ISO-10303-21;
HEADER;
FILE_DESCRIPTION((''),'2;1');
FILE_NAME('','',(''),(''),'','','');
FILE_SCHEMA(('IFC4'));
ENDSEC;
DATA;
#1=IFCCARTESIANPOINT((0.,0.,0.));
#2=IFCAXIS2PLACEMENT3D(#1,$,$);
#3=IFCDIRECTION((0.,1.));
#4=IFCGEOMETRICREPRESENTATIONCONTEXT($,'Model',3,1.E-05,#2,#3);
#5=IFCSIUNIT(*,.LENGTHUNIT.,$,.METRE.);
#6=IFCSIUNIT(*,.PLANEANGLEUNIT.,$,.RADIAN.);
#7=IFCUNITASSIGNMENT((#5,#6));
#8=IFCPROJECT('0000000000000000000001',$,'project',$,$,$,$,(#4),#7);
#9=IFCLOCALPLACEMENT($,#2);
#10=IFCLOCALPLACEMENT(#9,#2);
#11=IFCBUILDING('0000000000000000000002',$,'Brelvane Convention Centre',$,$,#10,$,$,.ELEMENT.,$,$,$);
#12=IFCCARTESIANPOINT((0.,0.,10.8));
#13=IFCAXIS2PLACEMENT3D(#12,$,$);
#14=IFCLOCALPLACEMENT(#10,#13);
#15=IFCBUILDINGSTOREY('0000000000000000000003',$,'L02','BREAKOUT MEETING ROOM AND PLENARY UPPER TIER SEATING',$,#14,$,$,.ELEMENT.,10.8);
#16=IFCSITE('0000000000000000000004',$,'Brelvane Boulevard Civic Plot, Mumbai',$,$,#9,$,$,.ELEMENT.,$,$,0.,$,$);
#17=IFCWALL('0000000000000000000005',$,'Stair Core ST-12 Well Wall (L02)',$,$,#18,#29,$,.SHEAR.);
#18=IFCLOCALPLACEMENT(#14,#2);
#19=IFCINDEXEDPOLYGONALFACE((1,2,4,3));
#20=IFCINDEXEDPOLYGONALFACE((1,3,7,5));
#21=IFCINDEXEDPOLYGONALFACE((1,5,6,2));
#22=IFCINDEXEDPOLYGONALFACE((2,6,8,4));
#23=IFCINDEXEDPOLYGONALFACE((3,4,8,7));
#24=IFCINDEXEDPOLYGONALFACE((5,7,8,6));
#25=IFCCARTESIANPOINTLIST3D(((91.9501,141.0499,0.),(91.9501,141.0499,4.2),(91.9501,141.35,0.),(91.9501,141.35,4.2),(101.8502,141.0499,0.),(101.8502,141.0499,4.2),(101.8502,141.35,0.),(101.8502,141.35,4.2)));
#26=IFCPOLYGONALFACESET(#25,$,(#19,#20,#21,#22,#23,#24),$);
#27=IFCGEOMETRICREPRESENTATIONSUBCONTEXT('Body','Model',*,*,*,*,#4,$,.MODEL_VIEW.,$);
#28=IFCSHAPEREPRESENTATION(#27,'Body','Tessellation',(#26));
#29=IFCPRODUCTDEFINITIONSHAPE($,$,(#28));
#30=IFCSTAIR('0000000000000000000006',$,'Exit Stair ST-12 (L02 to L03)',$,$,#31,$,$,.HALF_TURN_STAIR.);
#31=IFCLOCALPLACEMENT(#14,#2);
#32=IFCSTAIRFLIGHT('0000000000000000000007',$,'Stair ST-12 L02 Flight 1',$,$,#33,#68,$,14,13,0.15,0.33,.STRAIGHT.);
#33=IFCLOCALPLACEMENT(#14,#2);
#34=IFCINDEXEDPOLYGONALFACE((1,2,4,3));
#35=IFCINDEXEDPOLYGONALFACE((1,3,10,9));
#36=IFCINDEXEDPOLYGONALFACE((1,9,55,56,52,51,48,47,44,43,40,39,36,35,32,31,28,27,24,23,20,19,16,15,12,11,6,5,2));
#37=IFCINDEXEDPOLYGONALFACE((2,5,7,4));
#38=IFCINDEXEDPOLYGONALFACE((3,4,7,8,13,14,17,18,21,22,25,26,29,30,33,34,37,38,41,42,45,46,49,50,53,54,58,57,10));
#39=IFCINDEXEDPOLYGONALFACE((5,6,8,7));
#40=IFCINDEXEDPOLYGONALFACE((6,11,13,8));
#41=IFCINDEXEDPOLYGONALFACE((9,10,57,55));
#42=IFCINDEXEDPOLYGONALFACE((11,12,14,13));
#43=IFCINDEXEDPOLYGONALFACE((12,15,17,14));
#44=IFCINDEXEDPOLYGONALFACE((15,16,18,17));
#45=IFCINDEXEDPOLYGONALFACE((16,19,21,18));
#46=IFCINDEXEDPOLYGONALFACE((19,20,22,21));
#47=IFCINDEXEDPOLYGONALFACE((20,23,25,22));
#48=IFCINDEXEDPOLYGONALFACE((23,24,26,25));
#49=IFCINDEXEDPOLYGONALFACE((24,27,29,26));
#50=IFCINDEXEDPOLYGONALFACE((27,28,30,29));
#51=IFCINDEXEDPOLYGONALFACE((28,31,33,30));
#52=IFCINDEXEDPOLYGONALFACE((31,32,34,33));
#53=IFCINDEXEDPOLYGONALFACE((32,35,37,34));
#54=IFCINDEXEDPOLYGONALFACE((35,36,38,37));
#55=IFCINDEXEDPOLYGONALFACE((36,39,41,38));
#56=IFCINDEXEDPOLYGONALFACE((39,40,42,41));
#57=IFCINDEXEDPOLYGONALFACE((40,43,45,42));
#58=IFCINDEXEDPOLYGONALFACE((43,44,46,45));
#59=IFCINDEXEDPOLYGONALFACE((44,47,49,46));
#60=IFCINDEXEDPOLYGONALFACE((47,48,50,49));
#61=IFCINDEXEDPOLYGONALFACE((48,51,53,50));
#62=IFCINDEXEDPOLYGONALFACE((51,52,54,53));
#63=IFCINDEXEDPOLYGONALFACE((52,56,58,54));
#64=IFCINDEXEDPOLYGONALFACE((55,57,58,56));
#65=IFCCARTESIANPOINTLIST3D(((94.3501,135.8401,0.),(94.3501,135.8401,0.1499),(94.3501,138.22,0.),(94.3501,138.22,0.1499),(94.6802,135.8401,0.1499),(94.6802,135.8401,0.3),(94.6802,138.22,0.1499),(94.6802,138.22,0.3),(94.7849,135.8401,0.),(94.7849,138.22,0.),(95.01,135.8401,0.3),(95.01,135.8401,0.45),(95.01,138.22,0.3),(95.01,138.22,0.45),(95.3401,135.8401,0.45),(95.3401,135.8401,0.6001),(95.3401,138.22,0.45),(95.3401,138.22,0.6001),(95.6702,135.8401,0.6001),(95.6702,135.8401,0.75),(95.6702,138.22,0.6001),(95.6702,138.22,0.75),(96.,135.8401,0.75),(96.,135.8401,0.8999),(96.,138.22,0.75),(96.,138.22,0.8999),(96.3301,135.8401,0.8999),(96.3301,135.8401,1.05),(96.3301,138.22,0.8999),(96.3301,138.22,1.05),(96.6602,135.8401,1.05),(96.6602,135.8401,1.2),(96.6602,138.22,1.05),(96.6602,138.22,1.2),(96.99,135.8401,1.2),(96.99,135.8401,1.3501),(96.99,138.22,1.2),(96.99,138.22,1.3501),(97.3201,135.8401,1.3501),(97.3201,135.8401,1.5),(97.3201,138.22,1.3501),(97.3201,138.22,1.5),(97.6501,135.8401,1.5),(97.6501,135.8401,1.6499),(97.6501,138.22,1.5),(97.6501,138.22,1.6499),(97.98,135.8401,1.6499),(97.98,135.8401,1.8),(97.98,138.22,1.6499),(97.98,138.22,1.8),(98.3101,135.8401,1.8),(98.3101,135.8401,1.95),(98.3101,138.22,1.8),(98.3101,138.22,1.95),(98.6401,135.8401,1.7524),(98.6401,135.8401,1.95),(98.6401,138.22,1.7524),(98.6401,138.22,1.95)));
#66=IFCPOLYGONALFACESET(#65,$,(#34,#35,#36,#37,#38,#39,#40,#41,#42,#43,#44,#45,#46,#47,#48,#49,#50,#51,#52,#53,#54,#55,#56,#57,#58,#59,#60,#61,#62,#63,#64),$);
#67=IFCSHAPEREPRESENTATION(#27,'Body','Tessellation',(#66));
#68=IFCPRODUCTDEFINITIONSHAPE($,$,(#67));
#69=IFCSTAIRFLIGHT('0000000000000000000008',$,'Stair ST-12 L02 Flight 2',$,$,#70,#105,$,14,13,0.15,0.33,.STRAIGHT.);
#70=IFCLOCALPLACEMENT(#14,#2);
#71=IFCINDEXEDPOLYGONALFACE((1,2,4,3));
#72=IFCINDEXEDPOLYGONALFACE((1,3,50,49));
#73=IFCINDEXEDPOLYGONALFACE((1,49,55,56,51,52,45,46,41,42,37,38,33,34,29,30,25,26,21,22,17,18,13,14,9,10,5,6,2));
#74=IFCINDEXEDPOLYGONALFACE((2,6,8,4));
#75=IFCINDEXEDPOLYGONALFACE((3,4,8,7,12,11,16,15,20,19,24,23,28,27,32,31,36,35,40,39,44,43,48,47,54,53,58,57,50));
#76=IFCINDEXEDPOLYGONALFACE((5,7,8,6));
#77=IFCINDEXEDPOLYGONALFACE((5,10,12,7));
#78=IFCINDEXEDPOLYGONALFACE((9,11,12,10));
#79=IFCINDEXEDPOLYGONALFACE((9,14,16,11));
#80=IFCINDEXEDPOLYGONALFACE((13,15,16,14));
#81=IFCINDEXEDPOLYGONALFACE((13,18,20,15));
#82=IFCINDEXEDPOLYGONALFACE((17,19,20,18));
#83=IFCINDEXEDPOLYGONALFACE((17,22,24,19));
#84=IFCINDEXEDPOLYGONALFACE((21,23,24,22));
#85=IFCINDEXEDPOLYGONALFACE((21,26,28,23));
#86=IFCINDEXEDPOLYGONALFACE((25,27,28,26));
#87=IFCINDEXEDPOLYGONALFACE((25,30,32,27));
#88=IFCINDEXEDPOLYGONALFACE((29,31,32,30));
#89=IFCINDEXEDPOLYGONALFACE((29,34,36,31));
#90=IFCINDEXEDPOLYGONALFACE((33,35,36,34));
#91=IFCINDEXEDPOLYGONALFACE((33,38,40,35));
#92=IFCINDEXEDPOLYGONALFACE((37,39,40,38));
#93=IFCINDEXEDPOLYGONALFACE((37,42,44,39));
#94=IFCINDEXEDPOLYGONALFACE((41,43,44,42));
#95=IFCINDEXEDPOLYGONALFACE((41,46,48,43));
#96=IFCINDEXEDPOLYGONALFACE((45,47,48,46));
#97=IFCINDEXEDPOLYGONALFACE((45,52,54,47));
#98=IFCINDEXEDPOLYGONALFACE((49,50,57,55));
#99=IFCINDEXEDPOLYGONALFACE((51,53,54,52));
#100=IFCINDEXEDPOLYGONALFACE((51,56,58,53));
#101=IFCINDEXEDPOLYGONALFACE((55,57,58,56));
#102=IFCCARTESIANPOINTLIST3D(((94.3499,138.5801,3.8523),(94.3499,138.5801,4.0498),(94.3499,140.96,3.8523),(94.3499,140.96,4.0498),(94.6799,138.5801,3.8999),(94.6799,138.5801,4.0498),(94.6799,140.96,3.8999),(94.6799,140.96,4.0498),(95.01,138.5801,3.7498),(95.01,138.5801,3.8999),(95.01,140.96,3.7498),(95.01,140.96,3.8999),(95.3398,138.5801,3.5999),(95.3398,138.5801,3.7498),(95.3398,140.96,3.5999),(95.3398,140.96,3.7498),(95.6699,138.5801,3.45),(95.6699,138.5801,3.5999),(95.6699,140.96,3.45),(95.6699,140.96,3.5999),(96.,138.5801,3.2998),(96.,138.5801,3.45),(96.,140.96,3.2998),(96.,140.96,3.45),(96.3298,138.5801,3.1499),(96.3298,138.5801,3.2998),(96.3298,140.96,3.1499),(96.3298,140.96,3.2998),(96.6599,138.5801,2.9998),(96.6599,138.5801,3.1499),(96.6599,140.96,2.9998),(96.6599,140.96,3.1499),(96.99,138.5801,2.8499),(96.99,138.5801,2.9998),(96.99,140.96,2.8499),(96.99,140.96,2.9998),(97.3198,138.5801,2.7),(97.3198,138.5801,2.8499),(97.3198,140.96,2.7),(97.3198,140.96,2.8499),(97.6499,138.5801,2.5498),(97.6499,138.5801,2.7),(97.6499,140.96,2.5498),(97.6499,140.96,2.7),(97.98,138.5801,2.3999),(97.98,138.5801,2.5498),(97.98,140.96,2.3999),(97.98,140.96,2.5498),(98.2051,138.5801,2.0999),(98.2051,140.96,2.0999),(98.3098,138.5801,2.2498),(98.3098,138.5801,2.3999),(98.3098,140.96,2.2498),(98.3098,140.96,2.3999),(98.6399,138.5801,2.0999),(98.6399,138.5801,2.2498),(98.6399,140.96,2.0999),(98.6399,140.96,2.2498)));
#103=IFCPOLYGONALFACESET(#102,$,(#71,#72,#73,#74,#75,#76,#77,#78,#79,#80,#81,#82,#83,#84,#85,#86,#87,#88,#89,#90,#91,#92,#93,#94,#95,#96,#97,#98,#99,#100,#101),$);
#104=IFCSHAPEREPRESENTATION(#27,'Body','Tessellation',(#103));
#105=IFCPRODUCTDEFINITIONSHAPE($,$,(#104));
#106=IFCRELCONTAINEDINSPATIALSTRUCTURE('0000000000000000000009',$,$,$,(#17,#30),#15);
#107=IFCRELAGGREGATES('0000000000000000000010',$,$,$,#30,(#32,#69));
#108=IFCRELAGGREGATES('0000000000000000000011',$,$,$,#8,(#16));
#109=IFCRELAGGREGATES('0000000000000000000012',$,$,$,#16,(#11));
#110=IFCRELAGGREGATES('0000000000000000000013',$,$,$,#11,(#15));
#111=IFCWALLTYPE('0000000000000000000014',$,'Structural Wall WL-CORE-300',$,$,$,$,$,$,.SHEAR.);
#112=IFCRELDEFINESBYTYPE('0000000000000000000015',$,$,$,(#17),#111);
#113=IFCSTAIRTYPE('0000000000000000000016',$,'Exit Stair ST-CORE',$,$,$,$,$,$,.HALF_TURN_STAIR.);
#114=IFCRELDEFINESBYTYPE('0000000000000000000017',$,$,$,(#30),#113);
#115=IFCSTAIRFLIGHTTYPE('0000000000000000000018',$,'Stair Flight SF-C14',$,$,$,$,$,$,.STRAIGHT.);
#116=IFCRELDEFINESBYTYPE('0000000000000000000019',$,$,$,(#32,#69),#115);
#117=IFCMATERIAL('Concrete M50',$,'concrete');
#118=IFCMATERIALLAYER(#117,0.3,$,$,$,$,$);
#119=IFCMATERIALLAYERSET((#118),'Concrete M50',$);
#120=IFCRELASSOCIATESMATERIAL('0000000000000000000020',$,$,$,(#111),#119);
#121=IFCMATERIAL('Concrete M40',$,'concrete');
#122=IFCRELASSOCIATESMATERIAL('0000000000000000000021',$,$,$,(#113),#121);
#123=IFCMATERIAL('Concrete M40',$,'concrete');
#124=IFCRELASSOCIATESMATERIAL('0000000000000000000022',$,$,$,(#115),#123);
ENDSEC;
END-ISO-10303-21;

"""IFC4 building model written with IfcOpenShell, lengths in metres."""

from ifc_helpers import new_model, si_unit, direction, frame, frame_2d, origin, place, context, subcontext, project, spatial, polyline, rectangle, outline, extrude, material, layer, layer_set, type_object, element, aggregate, save


model = new_model("IFC4")

# Units and contexts
model_context = context("Model", 3, precision=1e-05, world=origin(), true_north=direction((0.0, 1.0)))
body_context = subcontext(model_context, "Body", "Model", "MODEL_VIEW")
ifc_project = project(units=[si_unit("LENGTHUNIT", "METRE"), si_unit("PLANEANGLEUNIT", "RADIAN")], contexts=[model_context])

# Site, building, storey
site_placement = place(None, origin())
site = spatial("IfcSite", under=ifc_project, at=site_placement, Name="Brelvane Boulevard Civic Plot, Mumbai", CompositionType="ELEMENT", RefElevation=0.0)
building_placement = place(site_placement, origin())
building = spatial("IfcBuilding", under=site, at=building_placement, Name="Brelvane Convention Centre", CompositionType="ELEMENT")
storey_placement = place(building_placement, frame((0.0, 0.0, 10.8)))
storey = spatial("IfcBuildingStorey", under=building, at=storey_placement, Name="L02", Description="BREAKOUT MEETING ROOM AND PLENARY UPPER TIER SEATING", CompositionType="ELEMENT", Elevation=10.8)

# Wall
ifc_material_1 = material(Name="Concrete M50", Category="concrete")
ifc_layer_1 = layer(ifc_material_1, 0.3)
ifc_layer_set_1 = layer_set([ifc_layer_1], Name="Concrete M50")
wall_type_1 = type_object("IfcWallType", Name="Structural Wall WL-CORE-300", PredefinedType="SHEAR", material=ifc_layer_set_1)
wall_1_placement = place(storey_placement, frame((91.95, 141.2, 0.0), z_axis=(0.0, 0.0, 1.0), x_axis=(1.0, 0.0, 0.0)))
element("IfcWall", 1, at=wall_1_placement, inside=storey, type_object=wall_type_1, Name="Stair Core ST-12 Well Wall (L02)", PredefinedType="SHEAR", context=body_context, shape_type="SweptSolid", body=[
    extrude(rectangle(XDim=9.9001, YDim=0.3, at=frame_2d((4.9502, 0.0))), origin(), (0.0, 0.0, 1.0), 4.2),
])

# Stair, stair flights
ifc_material_2 = material(Name="Concrete M40", Category="concrete")
stair_type = type_object("IfcStairType", Name="Exit Stair ST-CORE", PredefinedType="HALF_TURN_STAIR", material=ifc_material_2)
stair_placement = place(storey_placement, origin())
stair = element("IfcStair", 2, at=stair_placement, inside=storey, type_object=stair_type, Name="Exit Stair ST-12 (L02 to L03)", PredefinedType="HALF_TURN_STAIR")
ifc_material_3 = material(Name="Concrete M40", Category="concrete")
stair_flight_type = type_object("IfcStairFlightType", Name="Stair Flight SF-C14", PredefinedType="STRAIGHT", material=ifc_material_3)
stair_flight_1_placement = place(storey_placement, frame((94.3501, 137.03, 0.0), z_axis=(0.0, 0.0, 1.0), x_axis=(1.0, 0.0, 0.0)))
stair_flight_1 = element("IfcStairFlight", 3, at=stair_flight_1_placement, type_object=stair_flight_type, Name="Stair ST-12 L02 Flight 1", NumberOfRisers=14, NumberOfTreads=13, PredefinedType="STRAIGHT", RiserHeight=0.15, TreadLength=0.33, context=body_context, shape_type="SweptSolid", body=[
    extrude(outline(polyline([(0.0, 0.0), (0.0, 0.1499), (0.3301, 0.1499), (0.3301, 0.3), (0.6599, 0.3), (0.6599, 0.45), (0.99, 0.45), (0.99, 0.6001), (1.3201, 0.6001), (1.3201, 0.75), (1.6499, 0.75), (1.6499, 0.8999), (1.98, 0.8999), (1.98, 1.05), (2.3101, 1.05), (2.3101, 1.2), (2.6399, 1.2), (2.6399, 1.3501), (2.97, 1.3501), (2.97, 1.5), (3.3, 1.5), (3.3, 1.6499), (3.6299, 1.6499), (3.6299, 1.8), (3.96, 1.8), (3.96, 1.95), (4.29, 1.95), (4.29, 2.1001), (4.29, 1.7524), (0.4348, 0.0), (0.0, 0.0)])), frame((0.0, 1.1899, 0.0), z_axis=(0.0, -1.0, 0.0), x_axis=(1.0, 0.0, 0.0)), (0.0, 0.0, 1.0), 2.3799),
])
stair_flight_2_placement = place(storey_placement, frame((98.6399, 139.77, 2.0999), z_axis=(0.0, 0.0, 1.0), x_axis=(-1.0, 0.0, 0.0)))
stair_flight_2 = element("IfcStairFlight", 4, at=stair_flight_2_placement, type_object=stair_flight_type, Name="Stair ST-12 L02 Flight 2", NumberOfRisers=14, NumberOfTreads=13, PredefinedType="STRAIGHT", RiserHeight=0.15, TreadLength=0.33, context=body_context, shape_type="SweptSolid", body=[
    extrude(outline(polyline([(0.0, 0.0), (0.0, 0.1499), (0.3301, 0.1499), (0.3301, 0.3), (0.6599, 0.3), (0.6599, 0.45), (0.99, 0.45), (0.99, 0.6001), (1.3201, 0.6001), (1.3201, 0.75), (1.6499, 0.75), (1.6499, 0.8999), (1.98, 0.8999), (1.98, 1.05), (2.3101, 1.05), (2.3101, 1.2), (2.6399, 1.2), (2.6399, 1.3501), (2.97, 1.3501), (2.97, 1.5), (3.3, 1.5), (3.3, 1.6499), (3.6299, 1.6499), (3.6299, 1.8), (3.96, 1.8), (3.96, 1.95), (4.29, 1.95), (4.29, 2.1001), (4.29, 1.7524), (0.4348, 0.0), (0.0, 0.0)])), frame((0.0, 1.1899, 0.0), z_axis=(0.0, -1.0, 0.0), x_axis=(1.0, 0.0, 0.0)), (0.0, 0.0, 1.0), 2.3799),
])
aggregate(stair, [stair_flight_1, stair_flight_2])

save(model, "model.ifc")
